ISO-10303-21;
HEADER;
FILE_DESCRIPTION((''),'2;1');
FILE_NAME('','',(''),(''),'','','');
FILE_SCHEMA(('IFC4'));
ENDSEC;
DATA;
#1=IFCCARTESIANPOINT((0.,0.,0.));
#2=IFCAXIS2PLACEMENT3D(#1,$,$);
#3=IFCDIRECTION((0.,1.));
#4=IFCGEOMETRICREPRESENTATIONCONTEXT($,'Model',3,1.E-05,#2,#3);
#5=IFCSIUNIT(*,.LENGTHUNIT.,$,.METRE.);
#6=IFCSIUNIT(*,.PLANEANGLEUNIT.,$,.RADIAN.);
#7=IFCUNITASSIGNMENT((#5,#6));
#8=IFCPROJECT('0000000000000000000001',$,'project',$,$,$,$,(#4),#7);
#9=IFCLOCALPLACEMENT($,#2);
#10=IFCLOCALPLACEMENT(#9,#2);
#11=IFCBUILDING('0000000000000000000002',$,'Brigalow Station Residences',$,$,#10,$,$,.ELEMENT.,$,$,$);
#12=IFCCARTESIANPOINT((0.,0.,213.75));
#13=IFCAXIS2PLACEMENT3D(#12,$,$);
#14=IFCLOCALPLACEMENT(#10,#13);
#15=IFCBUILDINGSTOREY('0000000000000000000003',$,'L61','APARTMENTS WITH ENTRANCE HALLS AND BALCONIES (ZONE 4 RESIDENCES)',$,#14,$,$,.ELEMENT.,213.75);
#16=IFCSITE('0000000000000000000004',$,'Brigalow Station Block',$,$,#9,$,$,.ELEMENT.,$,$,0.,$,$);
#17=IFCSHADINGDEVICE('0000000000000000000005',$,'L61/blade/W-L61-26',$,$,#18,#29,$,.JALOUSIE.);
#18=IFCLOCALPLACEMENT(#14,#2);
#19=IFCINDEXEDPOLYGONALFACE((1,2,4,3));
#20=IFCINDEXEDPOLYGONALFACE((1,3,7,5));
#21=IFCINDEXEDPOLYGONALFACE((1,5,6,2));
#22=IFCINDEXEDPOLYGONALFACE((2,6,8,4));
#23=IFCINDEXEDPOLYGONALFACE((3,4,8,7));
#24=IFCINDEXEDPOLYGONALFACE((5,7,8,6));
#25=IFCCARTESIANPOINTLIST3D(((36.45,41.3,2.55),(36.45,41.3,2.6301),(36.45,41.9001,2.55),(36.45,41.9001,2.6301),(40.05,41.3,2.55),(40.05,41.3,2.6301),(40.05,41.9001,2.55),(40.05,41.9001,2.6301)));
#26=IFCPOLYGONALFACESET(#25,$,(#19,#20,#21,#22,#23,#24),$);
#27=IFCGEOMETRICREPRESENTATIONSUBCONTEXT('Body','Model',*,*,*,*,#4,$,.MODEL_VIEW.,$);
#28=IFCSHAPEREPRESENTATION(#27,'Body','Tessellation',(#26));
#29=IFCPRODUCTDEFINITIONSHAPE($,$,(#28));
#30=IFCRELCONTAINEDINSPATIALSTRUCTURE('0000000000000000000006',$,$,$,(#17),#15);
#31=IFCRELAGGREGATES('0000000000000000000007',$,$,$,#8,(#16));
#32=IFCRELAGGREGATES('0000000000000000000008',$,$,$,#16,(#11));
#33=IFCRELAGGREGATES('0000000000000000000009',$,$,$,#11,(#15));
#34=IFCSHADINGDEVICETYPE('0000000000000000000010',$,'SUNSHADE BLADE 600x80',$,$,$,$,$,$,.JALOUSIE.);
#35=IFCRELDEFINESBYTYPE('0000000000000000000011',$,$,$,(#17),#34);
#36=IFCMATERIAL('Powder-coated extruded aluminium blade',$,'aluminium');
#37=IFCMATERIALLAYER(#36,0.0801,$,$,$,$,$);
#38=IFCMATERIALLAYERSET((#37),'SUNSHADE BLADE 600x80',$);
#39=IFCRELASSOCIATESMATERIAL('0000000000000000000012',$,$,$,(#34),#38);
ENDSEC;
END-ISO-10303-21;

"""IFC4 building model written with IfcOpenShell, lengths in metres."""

from ifc_helpers import new_model, si_unit, direction, frame, origin, origin_2d, place, context, subcontext, project, spatial, rectangle, extrude, material, layer, layer_set, type_object, element, save


model = new_model("IFC4")

# Units and contexts
model_context = context("Model", 3, precision=1e-05, world=origin(), true_north=direction((0.0, 1.0)))
body_context = subcontext(model_context, "Body", "Model", "MODEL_VIEW")
ifc_project = project(units=[si_unit("LENGTHUNIT", "METRE"), si_unit("PLANEANGLEUNIT", "RADIAN")], contexts=[model_context])

# Site, building, storey
site_placement = place(None, origin())
site = spatial("IfcSite", under=ifc_project, at=site_placement, Name="Brigalow Station Block", CompositionType="ELEMENT", RefElevation=0.0)
building_placement = place(site_placement, origin())
building = spatial("IfcBuilding", under=site, at=building_placement, Name="Brigalow Station Residences", CompositionType="ELEMENT")
storey_placement = place(building_placement, frame((0.0, 0.0, 213.75)))
storey = spatial("IfcBuildingStorey", under=building, at=storey_placement, Name="L61", Description="APARTMENTS WITH ENTRANCE HALLS AND BALCONIES (ZONE 4 RESIDENCES)", CompositionType="ELEMENT", Elevation=213.75)

# Shading device
ifc_material_1 = material(Name="Powder-coated extruded aluminium blade", Category="aluminium")
ifc_layer_1 = layer(ifc_material_1, 0.0801)
ifc_layer_set_1 = layer_set([ifc_layer_1], Name="SUNSHADE BLADE 600x80")
shading_device_type = type_object("IfcShadingDeviceType", Name="SUNSHADE BLADE 600x80", PredefinedType="JALOUSIE", material=ifc_layer_set_1)
for number, where, z_axis, x_axis, name in (
    (1, (38.25, 41.6001, 2.55), (0.0, 0.0, 1.0), (-1.0, 0.0, 0.0), "L61/blade/W-L61-26"),
):
    element("IfcShadingDevice", number, at=place(storey_placement, frame(where, z_axis=z_axis, x_axis=x_axis)), inside=storey, type_object=shading_device_type, Name=name, PredefinedType="JALOUSIE", context=body_context, shape_type="SweptSolid", body=[
        extrude(rectangle(XDim=3.6001, YDim=0.6001, at=origin_2d()), origin(), (0.0, 0.0, 1.0), 0.0801),
    ])

save(model, "model.ifc")
